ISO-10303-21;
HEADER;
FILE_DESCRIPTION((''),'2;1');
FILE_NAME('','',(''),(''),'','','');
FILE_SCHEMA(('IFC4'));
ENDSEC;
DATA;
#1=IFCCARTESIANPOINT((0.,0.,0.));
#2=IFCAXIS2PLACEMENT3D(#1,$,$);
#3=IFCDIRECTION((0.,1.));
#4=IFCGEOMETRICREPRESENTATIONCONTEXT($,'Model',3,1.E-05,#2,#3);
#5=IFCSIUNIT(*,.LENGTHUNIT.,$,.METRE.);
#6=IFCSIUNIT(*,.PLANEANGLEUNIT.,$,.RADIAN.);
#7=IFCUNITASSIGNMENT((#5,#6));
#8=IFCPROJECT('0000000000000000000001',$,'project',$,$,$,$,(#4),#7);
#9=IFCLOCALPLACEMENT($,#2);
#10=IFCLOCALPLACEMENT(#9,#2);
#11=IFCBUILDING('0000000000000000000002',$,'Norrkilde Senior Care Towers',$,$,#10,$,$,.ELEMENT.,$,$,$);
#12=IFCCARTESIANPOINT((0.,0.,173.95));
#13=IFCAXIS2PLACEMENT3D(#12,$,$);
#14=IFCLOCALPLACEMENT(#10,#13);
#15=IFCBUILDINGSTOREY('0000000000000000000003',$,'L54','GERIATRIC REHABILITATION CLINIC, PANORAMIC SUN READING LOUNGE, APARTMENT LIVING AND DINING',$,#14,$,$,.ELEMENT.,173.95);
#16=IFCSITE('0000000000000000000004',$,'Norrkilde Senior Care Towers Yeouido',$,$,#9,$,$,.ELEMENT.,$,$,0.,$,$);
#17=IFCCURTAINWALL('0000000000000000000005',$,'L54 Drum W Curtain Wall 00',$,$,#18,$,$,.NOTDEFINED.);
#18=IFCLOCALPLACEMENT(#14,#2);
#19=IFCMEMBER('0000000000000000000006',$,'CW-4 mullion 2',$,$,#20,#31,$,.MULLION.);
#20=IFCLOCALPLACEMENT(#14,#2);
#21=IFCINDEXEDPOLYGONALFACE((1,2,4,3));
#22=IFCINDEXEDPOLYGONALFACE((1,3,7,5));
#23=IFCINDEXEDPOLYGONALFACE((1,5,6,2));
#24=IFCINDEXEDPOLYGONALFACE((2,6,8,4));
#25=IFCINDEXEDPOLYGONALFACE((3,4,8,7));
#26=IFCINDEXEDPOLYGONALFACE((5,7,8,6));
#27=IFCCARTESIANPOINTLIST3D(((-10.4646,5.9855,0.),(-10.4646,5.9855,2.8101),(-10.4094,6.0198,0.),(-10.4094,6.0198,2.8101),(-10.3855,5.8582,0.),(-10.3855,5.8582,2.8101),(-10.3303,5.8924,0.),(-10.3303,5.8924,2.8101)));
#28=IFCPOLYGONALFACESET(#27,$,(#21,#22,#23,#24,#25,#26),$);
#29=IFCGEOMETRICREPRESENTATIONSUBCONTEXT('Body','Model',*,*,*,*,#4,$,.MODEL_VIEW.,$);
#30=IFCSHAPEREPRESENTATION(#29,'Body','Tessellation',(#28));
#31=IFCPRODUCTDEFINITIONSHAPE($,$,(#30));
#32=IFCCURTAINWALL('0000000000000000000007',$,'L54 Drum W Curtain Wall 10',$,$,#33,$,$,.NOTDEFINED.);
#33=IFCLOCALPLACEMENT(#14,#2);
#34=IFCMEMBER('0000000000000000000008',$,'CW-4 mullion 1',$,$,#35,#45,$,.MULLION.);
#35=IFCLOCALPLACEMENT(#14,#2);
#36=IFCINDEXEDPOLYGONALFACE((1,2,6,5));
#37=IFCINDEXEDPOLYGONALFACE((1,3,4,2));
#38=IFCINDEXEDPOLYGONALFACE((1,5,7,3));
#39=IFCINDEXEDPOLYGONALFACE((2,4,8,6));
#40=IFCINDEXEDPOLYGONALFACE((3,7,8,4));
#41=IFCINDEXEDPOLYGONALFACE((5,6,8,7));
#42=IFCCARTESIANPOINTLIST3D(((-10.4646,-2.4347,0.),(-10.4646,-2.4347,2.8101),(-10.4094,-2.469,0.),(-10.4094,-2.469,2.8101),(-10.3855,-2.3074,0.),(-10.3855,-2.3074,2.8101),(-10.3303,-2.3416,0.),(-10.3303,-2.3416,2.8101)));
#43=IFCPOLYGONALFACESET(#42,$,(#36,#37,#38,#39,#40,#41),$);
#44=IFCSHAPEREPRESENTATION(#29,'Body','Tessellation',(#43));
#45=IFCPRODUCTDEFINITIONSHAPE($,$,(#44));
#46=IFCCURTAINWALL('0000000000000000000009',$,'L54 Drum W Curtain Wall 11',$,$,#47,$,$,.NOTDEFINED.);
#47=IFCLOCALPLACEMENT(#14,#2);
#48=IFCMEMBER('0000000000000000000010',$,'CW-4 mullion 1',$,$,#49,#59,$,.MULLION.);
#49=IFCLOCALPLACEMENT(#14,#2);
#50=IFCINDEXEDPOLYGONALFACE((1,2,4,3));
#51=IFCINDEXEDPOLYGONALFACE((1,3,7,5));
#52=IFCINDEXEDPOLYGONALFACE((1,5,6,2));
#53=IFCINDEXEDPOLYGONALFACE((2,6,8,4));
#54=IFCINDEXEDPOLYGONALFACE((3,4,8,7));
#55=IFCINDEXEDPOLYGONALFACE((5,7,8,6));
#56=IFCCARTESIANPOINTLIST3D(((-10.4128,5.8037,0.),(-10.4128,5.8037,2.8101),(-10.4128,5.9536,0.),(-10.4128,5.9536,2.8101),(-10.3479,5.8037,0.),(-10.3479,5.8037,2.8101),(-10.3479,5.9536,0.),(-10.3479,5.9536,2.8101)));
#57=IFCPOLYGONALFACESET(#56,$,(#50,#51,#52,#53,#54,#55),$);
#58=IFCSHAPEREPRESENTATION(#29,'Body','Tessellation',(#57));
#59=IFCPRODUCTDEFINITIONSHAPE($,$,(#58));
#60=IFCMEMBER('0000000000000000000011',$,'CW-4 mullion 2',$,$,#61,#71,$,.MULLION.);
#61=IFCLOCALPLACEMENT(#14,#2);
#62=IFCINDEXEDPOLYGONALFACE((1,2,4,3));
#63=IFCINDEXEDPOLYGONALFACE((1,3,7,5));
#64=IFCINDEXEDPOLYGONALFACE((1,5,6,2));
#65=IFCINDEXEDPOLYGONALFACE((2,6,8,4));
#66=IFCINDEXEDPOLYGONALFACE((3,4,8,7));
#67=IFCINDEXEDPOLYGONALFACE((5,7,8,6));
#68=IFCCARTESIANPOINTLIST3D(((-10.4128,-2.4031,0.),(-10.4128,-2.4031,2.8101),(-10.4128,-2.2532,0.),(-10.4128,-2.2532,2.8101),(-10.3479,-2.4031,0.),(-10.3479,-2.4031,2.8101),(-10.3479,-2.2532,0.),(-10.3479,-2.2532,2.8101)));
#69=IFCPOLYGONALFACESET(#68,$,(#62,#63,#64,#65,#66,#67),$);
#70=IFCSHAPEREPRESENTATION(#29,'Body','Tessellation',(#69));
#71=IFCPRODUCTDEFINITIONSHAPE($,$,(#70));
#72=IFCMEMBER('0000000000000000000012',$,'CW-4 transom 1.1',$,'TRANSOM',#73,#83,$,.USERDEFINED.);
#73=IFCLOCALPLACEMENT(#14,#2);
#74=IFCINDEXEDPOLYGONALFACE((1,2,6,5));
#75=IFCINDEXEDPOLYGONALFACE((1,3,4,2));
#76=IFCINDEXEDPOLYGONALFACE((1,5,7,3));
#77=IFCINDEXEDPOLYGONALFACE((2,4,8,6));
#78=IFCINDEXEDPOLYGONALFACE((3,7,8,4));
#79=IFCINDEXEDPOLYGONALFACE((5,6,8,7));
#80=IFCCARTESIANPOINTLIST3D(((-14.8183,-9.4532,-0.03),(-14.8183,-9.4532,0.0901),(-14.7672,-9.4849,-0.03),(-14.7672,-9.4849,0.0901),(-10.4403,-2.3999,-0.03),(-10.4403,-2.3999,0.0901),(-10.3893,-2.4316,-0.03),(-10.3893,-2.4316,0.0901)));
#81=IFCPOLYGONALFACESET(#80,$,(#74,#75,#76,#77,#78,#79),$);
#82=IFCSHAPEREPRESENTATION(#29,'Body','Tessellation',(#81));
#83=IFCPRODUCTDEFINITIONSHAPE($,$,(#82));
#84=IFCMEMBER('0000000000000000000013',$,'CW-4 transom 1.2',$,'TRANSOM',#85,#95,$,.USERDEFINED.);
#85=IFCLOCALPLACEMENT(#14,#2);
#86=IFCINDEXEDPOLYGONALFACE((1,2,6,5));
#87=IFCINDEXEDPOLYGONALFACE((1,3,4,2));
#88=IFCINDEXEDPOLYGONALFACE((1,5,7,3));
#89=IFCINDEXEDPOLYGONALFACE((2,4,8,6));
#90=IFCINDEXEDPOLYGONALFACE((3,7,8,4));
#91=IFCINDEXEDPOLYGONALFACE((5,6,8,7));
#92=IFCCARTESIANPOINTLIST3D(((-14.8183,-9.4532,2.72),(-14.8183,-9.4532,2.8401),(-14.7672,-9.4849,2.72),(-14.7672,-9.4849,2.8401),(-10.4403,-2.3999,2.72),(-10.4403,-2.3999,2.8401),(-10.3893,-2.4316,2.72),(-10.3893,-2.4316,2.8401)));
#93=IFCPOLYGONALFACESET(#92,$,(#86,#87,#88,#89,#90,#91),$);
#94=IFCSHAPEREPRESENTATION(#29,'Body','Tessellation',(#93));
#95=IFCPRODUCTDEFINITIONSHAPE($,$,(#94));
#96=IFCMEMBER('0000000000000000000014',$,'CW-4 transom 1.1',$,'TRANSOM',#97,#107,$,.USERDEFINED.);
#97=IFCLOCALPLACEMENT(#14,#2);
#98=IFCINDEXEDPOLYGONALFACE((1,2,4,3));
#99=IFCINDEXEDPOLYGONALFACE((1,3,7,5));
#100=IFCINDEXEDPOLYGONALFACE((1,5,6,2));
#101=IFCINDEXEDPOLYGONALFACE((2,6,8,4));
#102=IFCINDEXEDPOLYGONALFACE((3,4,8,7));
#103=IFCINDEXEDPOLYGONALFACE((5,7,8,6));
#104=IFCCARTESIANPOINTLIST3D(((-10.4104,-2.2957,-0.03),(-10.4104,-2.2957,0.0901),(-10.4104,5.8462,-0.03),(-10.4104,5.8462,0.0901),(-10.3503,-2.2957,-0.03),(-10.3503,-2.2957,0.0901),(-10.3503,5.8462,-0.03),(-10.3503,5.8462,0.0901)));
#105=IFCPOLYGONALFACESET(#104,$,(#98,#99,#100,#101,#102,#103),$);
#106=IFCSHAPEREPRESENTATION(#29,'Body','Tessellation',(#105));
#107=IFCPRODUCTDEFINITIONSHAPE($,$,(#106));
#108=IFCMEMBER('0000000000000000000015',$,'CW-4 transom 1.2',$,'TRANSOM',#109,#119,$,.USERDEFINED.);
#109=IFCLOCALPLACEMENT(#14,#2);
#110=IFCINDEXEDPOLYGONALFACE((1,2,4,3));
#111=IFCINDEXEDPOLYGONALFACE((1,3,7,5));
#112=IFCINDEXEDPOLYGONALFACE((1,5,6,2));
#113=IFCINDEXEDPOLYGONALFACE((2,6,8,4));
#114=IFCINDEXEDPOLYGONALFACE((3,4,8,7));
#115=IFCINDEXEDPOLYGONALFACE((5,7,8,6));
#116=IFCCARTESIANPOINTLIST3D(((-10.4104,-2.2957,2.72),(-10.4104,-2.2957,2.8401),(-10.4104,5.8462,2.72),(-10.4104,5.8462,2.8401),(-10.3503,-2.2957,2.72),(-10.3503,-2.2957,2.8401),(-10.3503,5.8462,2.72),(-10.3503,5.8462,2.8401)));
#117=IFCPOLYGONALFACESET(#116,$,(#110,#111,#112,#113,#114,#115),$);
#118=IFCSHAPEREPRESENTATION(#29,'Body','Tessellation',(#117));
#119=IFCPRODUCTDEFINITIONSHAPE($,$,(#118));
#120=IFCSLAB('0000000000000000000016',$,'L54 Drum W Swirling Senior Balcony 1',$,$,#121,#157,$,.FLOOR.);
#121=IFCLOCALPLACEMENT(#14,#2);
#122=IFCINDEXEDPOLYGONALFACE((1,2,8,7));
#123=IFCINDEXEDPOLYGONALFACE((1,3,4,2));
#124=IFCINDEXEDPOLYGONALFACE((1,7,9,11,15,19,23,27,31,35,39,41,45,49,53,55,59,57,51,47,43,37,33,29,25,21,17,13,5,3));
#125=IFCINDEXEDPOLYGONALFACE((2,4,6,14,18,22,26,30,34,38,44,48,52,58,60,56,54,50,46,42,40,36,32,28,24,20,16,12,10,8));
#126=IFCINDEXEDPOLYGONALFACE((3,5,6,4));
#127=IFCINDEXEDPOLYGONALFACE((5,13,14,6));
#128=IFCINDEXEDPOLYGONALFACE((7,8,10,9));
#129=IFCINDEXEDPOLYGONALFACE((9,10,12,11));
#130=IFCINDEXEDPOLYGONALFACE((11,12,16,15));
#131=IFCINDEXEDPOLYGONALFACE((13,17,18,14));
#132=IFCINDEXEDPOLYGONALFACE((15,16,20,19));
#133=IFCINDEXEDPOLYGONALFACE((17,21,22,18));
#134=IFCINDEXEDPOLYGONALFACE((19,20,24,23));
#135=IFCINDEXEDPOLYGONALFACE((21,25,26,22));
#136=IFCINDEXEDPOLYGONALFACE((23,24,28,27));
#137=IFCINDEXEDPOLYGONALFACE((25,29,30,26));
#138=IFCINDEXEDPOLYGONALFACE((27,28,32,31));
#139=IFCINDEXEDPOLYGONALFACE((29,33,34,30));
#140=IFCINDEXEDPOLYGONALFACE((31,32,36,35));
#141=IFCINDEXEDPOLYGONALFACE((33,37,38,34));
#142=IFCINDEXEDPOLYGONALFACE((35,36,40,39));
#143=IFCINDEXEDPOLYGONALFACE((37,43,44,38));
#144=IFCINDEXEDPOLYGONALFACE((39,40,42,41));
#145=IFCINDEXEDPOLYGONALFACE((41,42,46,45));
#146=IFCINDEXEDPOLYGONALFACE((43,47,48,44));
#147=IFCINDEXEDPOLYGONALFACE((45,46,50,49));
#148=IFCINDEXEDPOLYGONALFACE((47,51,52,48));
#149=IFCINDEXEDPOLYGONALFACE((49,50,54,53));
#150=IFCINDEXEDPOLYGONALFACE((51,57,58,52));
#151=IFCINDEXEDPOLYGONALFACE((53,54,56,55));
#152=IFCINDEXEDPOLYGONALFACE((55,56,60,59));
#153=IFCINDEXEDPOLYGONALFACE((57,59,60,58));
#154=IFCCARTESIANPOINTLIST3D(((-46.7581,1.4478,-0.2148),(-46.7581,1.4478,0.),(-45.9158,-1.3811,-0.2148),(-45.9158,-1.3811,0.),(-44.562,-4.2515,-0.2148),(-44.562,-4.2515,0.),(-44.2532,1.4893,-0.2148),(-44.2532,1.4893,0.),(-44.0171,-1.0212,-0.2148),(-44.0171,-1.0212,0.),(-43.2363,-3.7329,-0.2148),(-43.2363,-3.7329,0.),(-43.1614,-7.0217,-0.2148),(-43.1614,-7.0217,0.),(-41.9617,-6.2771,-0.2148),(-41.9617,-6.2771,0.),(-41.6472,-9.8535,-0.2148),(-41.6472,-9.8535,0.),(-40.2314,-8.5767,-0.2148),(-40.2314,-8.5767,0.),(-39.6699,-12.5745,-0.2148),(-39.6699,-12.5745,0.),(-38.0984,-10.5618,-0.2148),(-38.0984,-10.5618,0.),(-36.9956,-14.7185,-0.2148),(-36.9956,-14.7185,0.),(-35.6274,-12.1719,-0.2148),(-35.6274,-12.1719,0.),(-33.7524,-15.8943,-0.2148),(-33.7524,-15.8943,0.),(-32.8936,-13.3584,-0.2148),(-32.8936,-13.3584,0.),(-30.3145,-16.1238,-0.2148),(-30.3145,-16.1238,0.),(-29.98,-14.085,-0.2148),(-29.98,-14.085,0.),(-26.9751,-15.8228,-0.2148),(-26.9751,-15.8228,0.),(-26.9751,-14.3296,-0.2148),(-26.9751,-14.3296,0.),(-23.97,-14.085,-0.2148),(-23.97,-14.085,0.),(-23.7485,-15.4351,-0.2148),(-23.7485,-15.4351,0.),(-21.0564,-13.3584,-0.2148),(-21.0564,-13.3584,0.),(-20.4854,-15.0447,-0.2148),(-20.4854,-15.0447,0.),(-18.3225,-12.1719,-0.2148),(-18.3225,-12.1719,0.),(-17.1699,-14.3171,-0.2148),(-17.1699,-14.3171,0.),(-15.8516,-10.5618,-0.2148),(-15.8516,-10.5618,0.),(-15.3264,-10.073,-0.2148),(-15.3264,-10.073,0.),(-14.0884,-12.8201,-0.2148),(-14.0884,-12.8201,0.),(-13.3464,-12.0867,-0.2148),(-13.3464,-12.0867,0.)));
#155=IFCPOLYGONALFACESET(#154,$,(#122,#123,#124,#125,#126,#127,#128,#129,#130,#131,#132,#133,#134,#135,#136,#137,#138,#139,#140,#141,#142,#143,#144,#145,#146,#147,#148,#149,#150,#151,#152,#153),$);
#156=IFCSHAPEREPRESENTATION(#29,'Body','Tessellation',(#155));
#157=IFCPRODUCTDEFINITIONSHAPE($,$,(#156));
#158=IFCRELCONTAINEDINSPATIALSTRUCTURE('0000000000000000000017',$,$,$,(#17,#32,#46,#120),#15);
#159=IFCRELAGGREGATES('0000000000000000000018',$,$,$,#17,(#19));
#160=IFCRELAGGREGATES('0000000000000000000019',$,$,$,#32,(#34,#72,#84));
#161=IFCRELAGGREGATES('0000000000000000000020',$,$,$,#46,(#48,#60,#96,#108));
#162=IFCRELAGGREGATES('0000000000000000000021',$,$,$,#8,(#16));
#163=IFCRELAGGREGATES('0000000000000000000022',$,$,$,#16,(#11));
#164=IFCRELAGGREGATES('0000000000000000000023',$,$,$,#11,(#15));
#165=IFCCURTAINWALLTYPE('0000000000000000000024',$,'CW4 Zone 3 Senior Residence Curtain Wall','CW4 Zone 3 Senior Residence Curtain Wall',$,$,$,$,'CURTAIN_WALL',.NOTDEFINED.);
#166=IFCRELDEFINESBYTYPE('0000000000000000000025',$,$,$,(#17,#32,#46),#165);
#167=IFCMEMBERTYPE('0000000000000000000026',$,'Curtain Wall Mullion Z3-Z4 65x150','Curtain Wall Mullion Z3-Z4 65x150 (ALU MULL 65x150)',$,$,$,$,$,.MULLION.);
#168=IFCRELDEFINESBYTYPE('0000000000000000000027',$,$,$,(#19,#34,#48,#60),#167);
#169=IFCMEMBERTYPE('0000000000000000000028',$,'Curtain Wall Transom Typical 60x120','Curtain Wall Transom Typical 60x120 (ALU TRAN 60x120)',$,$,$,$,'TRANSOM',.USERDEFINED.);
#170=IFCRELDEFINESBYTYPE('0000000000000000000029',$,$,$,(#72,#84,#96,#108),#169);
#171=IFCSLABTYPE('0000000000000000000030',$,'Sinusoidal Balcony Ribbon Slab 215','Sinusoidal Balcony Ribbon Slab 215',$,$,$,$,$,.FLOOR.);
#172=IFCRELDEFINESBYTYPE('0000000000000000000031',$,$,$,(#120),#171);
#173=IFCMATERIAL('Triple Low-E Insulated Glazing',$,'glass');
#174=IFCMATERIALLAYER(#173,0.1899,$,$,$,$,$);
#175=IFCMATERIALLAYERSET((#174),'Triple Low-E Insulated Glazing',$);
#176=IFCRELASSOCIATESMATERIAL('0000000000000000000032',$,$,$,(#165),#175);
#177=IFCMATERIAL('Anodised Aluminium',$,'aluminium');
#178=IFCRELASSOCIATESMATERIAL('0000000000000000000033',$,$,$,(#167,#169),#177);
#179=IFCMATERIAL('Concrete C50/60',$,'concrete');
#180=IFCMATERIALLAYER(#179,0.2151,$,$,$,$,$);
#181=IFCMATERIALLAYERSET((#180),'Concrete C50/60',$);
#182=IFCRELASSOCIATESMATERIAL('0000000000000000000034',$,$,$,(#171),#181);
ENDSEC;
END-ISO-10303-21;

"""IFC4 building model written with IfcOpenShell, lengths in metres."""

from ifc_helpers import new_model, si_unit, direction, frame, origin, origin_2d, place, context, subcontext, project, spatial, polyline, rectangle, outline, extrude, source, transform, mapped, material, layer, layer_set, material_profile, profile_set, type_object, type_shapes, element, aggregate, save


model = new_model("IFC4")

# Units and contexts
model_context = context("Model", 3, precision=1e-05, world=origin(), true_north=direction((0.0, 1.0)))
body_context = subcontext(model_context, "Body", "Model", "MODEL_VIEW")
ifc_project = project(units=[si_unit("LENGTHUNIT", "METRE"), si_unit("PLANEANGLEUNIT", "RADIAN")], contexts=[model_context])

# Site, building, storey
site_placement = place(None, origin())
site = spatial("IfcSite", under=ifc_project, at=site_placement, Name="Norrkilde Senior Care Towers Yeouido", CompositionType="ELEMENT", RefElevation=0.0)
building_placement = place(site_placement, origin())
building = spatial("IfcBuilding", under=site, at=building_placement, Name="Norrkilde Senior Care Towers", CompositionType="ELEMENT")
storey_placement = place(building_placement, frame((0.0, 0.0, 173.95)))
storey = spatial("IfcBuildingStorey", under=building, at=storey_placement, Name="L54", Description="GERIATRIC REHABILITATION CLINIC, PANORAMIC SUN READING LOUNGE, APARTMENT LIVING AND DINING", CompositionType="ELEMENT", Elevation=173.95)

# Shared definitions
ifc_material_1 = material(Name="Concrete C50/60", Category="concrete")

# Curtain walls, members
ifc_material_2 = material(Name="Triple Low-E Insulated Glazing", Category="glass")
ifc_layer_1 = layer(ifc_material_2, 0.1899)
ifc_layer_set_1 = layer_set([ifc_layer_1], Name="Triple Low-E Insulated Glazing")
curtain_wall_type = type_object("IfcCurtainWallType", Name="CW4 Zone 3 Senior Residence Curtain Wall", Description="CW4 Zone 3 Senior Residence Curtain Wall", ElementType="CURTAIN_WALL", PredefinedType="NOTDEFINED", material=ifc_layer_set_1)
curtain_wall_1_placement = place(storey_placement, origin())
curtain_wall_1 = element("IfcCurtainWall", 1, at=curtain_wall_1_placement, inside=storey, type_object=curtain_wall_type, Name="L54 Drum W Curtain Wall 00", PredefinedType="NOTDEFINED")
ifc_material_3 = material(Name="Anodised Aluminium", Category="aluminium")
ifc_material_profile_1 = material_profile(ifc_material_3, rectangle(XDim=0.0649, YDim=0.1499, at=origin_2d()), Name="ALU MULL 65x150")
ifc_profile_set_1 = profile_set([ifc_material_profile_1], Name="Anodised Aluminium")
member_type_1 = type_object("IfcMemberType", Name="Curtain Wall Mullion Z3-Z4 65x150", Description="Curtain Wall Mullion Z3-Z4 65x150 (ALU MULL 65x150)", PredefinedType="MULLION", material=ifc_profile_set_1)
shared_shape_1 = source(origin(), body_context, "Body", "SweptSolid", [
    extrude(rectangle(XDim=0.0649, YDim=0.1499, at=origin_2d()), origin(), (0.0, 0.0, 1.0), 2.8101),
])
type_shapes(member_type_1, [shared_shape_1])
member_1_placement = place(storey_placement, frame((-10.3975, 5.939, 0.0), z_axis=(0.0, 0.0, 1.0), x_axis=(0.849634, 0.527373, 0.0)))
member_1 = element("IfcMember", 2, at=member_1_placement, type_object=member_type_1, Name="CW-4 mullion 2", PredefinedType="MULLION", context=body_context, shape_type="MappedRepresentation", body=[
    mapped(shared_shape_1, transform((0.0, 0.0, 0.0), x_axis=(1.0, 0.0, 0.0), y_axis=(0.0, 1.0, 0.0), z_axis=(0.0, 0.0, 1.0), scale=1.0)),
])
aggregate(curtain_wall_1, [member_1])
curtain_wall_2_placement = place(storey_placement, origin())
curtain_wall_2 = element("IfcCurtainWall", 3, at=curtain_wall_2_placement, inside=storey, type_object=curtain_wall_type, Name="L54 Drum W Curtain Wall 10", PredefinedType="NOTDEFINED")
member_2_placement = place(storey_placement, frame((-10.3975, -2.3882, 0.0), z_axis=(0.0, 0.0, 1.0), x_axis=(0.849634, -0.527373, 0.0)))
member_2 = element("IfcMember", 4, at=member_2_placement, type_object=member_type_1, Name="CW-4 mullion 1", PredefinedType="MULLION", context=body_context, shape_type="MappedRepresentation", body=[
    mapped(shared_shape_1, transform((0.0, 0.0, 0.0), x_axis=(1.0, 0.0, 0.0), y_axis=(0.0, 1.0, 0.0), z_axis=(0.0, 0.0, 1.0), scale=1.0)),
])

# Curtain wall, members
curtain_wall_3_placement = place(storey_placement, origin())
curtain_wall_3 = element("IfcCurtainWall", 5, at=curtain_wall_3_placement, inside=storey, type_object=curtain_wall_type, Name="L54 Drum W Curtain Wall 11", PredefinedType="NOTDEFINED")
member_3_placement = place(storey_placement, frame((-10.3804, 5.8787, 0.0), z_axis=(0.0, 0.0, 1.0), x_axis=(1.0, 0.0, 0.0)))
member_3 = element("IfcMember", 6, at=member_3_placement, type_object=member_type_1, Name="CW-4 mullion 1", PredefinedType="MULLION", context=body_context, shape_type="MappedRepresentation", body=[
    mapped(shared_shape_1, transform((0.0, 0.0, 0.0), x_axis=(1.0, 0.0, 0.0), y_axis=(0.0, 1.0, 0.0), z_axis=(0.0, 0.0, 1.0), scale=1.0)),
])
member_4_placement = place(storey_placement, frame((-10.3804, -2.3281, 0.0), z_axis=(0.0, 0.0, 1.0), x_axis=(1.0, 0.0, 0.0)))
member_4 = element("IfcMember", 7, at=member_4_placement, type_object=member_type_1, Name="CW-4 mullion 2", PredefinedType="MULLION", context=body_context, shape_type="MappedRepresentation", body=[
    mapped(shared_shape_1, transform((0.0, 0.0, 0.0), x_axis=(1.0, 0.0, 0.0), y_axis=(0.0, 1.0, 0.0), z_axis=(0.0, 0.0, 1.0), scale=1.0)),
])

# Members
ifc_material_profile_2 = material_profile(ifc_material_3, rectangle(XDim=0.0601, YDim=0.1201, at=origin_2d()), Name="ALU TRAN 60x120")
ifc_profile_set_2 = profile_set([ifc_material_profile_2], Name="Anodised Aluminium")
member_type_2 = type_object("IfcMemberType", Name="Curtain Wall Transom Typical 60x120", Description="Curtain Wall Transom Typical 60x120 (ALU TRAN 60x120)", ElementType="TRANSOM", PredefinedType="USERDEFINED", material=ifc_profile_set_2)
shared_shape_2 = source(origin(), body_context, "Body", "SweptSolid", [
    extrude(rectangle(XDim=0.0601, YDim=0.1201, at=origin_2d()), origin(), (0.0, 0.0, 1.0), 8.3015),
])
member_5_placement = place(storey_placement, frame((-10.4148, -2.4158, 0.03), z_axis=(-0.527369, -0.849637, 0.0), x_axis=(0.849637, -0.527369, 0.0)))
member_5 = element("IfcMember", 8, at=member_5_placement, type_object=member_type_2, Name="CW-4 transom 1.1", ObjectType="TRANSOM", PredefinedType="USERDEFINED", context=body_context, shape_type="MappedRepresentation", body=[
    mapped(shared_shape_2, transform((0.0, 0.0, 0.0), x_axis=(1.0, 0.0, 0.0), y_axis=(0.0, 1.0, 0.0), z_axis=(0.0, 0.0, 1.0), scale=1.0)),
])
member_6_placement = place(storey_placement, frame((-10.4148, -2.4158, 2.78), z_axis=(-0.527369, -0.849637, 0.0), x_axis=(0.849637, -0.527369, 0.0)))
member_6 = element("IfcMember", 9, at=member_6_placement, type_object=member_type_2, Name="CW-4 transom 1.2", ObjectType="TRANSOM", PredefinedType="USERDEFINED", context=body_context, shape_type="MappedRepresentation", body=[
    mapped(shared_shape_2, transform((0.0, 0.0, 0.0), x_axis=(1.0, 0.0, 0.0), y_axis=(0.0, 1.0, 0.0), z_axis=(0.0, 0.0, 1.0), scale=1.0)),
])
aggregate(curtain_wall_2, [member_2, member_5, member_6])
shared_shape_3 = source(origin(), body_context, "Body", "SweptSolid", [
    extrude(rectangle(XDim=0.0601, YDim=0.1201, at=origin_2d()), origin(), (0.0, 0.0, 1.0), 8.1418),
])
type_shapes(member_type_2, [shared_shape_2, shared_shape_3])
member_7_placement = place(storey_placement, frame((-10.3804, 5.8462, 0.03), z_axis=(0.0, -1.0, 0.0), x_axis=(1.0, 0.0, 0.0)))
member_7 = element("IfcMember", 10, at=member_7_placement, type_object=member_type_2, Name="CW-4 transom 1.1", ObjectType="TRANSOM", PredefinedType="USERDEFINED", context=body_context, shape_type="MappedRepresentation", body=[
    mapped(shared_shape_3, transform((0.0, 0.0, 0.0), x_axis=(1.0, 0.0, 0.0), y_axis=(0.0, 1.0, 0.0), z_axis=(0.0, 0.0, 1.0), scale=1.0)),
])
member_8_placement = place(storey_placement, frame((-10.3804, 5.8462, 2.78), z_axis=(0.0, -1.0, 0.0), x_axis=(1.0, 0.0, 0.0)))
member_8 = element("IfcMember", 11, at=member_8_placement, type_object=member_type_2, Name="CW-4 transom 1.2", ObjectType="TRANSOM", PredefinedType="USERDEFINED", context=body_context, shape_type="MappedRepresentation", body=[
    mapped(shared_shape_3, transform((0.0, 0.0, 0.0), x_axis=(1.0, 0.0, 0.0), y_axis=(0.0, 1.0, 0.0), z_axis=(0.0, 0.0, 1.0), scale=1.0)),
])

# Slab
ifc_layer_2 = layer(ifc_material_1, 0.2151)
ifc_layer_set_2 = layer_set([ifc_layer_2], Name="Concrete C50/60")
slab_type_1 = type_object("IfcSlabType", Name="Sinusoidal Balcony Ribbon Slab 215", Description="Sinusoidal Balcony Ribbon Slab 215", PredefinedType="FLOOR", material=ifc_layer_set_2)
slab_1_placement = place(storey_placement, frame((0.0, 0.0, -0.2148)))
element("IfcSlab", 12, at=slab_1_placement, inside=storey, type_object=slab_type_1, Name="L54 Drum W Swirling Senior Balcony 1", PredefinedType="FLOOR", context=body_context, shape_type="SweptSolid", body=[
    extrude(outline(polyline([(-17.1699, -14.3171), (-20.4854, -15.0447), (-23.7485, -15.4351), (-26.9751, -15.8228), (-30.3145, -16.1238), (-33.7524, -15.8943), (-36.9956, -14.7185), (-39.6699, -12.5745), (-41.6472, -9.8535), (-43.1614, -7.0217), (-44.562, -4.2515), (-45.9158, -1.3811), (-46.7581, 1.4478), (-44.2532, 1.4893), (-44.0171, -1.0212), (-43.2363, -3.7329), (-41.9617, -6.2771), (-40.2314, -8.5767), (-38.0984, -10.5618), (-35.6274, -12.1719), (-32.8936, -13.3584), (-29.98, -14.085), (-26.9751, -14.3296), (-23.97, -14.085), (-21.0564, -13.3584), (-18.3225, -12.1719), (-15.8516, -10.5618), (-15.3264, -10.073), (-13.3464, -12.0867), (-14.0884, -12.8201), (-17.1699, -14.3171)])), origin(), (0.0, 0.0, 1.0), 0.2148),
])

aggregate(curtain_wall_3, [member_3, member_4, member_7, member_8])

save(model, "model.ifc")
